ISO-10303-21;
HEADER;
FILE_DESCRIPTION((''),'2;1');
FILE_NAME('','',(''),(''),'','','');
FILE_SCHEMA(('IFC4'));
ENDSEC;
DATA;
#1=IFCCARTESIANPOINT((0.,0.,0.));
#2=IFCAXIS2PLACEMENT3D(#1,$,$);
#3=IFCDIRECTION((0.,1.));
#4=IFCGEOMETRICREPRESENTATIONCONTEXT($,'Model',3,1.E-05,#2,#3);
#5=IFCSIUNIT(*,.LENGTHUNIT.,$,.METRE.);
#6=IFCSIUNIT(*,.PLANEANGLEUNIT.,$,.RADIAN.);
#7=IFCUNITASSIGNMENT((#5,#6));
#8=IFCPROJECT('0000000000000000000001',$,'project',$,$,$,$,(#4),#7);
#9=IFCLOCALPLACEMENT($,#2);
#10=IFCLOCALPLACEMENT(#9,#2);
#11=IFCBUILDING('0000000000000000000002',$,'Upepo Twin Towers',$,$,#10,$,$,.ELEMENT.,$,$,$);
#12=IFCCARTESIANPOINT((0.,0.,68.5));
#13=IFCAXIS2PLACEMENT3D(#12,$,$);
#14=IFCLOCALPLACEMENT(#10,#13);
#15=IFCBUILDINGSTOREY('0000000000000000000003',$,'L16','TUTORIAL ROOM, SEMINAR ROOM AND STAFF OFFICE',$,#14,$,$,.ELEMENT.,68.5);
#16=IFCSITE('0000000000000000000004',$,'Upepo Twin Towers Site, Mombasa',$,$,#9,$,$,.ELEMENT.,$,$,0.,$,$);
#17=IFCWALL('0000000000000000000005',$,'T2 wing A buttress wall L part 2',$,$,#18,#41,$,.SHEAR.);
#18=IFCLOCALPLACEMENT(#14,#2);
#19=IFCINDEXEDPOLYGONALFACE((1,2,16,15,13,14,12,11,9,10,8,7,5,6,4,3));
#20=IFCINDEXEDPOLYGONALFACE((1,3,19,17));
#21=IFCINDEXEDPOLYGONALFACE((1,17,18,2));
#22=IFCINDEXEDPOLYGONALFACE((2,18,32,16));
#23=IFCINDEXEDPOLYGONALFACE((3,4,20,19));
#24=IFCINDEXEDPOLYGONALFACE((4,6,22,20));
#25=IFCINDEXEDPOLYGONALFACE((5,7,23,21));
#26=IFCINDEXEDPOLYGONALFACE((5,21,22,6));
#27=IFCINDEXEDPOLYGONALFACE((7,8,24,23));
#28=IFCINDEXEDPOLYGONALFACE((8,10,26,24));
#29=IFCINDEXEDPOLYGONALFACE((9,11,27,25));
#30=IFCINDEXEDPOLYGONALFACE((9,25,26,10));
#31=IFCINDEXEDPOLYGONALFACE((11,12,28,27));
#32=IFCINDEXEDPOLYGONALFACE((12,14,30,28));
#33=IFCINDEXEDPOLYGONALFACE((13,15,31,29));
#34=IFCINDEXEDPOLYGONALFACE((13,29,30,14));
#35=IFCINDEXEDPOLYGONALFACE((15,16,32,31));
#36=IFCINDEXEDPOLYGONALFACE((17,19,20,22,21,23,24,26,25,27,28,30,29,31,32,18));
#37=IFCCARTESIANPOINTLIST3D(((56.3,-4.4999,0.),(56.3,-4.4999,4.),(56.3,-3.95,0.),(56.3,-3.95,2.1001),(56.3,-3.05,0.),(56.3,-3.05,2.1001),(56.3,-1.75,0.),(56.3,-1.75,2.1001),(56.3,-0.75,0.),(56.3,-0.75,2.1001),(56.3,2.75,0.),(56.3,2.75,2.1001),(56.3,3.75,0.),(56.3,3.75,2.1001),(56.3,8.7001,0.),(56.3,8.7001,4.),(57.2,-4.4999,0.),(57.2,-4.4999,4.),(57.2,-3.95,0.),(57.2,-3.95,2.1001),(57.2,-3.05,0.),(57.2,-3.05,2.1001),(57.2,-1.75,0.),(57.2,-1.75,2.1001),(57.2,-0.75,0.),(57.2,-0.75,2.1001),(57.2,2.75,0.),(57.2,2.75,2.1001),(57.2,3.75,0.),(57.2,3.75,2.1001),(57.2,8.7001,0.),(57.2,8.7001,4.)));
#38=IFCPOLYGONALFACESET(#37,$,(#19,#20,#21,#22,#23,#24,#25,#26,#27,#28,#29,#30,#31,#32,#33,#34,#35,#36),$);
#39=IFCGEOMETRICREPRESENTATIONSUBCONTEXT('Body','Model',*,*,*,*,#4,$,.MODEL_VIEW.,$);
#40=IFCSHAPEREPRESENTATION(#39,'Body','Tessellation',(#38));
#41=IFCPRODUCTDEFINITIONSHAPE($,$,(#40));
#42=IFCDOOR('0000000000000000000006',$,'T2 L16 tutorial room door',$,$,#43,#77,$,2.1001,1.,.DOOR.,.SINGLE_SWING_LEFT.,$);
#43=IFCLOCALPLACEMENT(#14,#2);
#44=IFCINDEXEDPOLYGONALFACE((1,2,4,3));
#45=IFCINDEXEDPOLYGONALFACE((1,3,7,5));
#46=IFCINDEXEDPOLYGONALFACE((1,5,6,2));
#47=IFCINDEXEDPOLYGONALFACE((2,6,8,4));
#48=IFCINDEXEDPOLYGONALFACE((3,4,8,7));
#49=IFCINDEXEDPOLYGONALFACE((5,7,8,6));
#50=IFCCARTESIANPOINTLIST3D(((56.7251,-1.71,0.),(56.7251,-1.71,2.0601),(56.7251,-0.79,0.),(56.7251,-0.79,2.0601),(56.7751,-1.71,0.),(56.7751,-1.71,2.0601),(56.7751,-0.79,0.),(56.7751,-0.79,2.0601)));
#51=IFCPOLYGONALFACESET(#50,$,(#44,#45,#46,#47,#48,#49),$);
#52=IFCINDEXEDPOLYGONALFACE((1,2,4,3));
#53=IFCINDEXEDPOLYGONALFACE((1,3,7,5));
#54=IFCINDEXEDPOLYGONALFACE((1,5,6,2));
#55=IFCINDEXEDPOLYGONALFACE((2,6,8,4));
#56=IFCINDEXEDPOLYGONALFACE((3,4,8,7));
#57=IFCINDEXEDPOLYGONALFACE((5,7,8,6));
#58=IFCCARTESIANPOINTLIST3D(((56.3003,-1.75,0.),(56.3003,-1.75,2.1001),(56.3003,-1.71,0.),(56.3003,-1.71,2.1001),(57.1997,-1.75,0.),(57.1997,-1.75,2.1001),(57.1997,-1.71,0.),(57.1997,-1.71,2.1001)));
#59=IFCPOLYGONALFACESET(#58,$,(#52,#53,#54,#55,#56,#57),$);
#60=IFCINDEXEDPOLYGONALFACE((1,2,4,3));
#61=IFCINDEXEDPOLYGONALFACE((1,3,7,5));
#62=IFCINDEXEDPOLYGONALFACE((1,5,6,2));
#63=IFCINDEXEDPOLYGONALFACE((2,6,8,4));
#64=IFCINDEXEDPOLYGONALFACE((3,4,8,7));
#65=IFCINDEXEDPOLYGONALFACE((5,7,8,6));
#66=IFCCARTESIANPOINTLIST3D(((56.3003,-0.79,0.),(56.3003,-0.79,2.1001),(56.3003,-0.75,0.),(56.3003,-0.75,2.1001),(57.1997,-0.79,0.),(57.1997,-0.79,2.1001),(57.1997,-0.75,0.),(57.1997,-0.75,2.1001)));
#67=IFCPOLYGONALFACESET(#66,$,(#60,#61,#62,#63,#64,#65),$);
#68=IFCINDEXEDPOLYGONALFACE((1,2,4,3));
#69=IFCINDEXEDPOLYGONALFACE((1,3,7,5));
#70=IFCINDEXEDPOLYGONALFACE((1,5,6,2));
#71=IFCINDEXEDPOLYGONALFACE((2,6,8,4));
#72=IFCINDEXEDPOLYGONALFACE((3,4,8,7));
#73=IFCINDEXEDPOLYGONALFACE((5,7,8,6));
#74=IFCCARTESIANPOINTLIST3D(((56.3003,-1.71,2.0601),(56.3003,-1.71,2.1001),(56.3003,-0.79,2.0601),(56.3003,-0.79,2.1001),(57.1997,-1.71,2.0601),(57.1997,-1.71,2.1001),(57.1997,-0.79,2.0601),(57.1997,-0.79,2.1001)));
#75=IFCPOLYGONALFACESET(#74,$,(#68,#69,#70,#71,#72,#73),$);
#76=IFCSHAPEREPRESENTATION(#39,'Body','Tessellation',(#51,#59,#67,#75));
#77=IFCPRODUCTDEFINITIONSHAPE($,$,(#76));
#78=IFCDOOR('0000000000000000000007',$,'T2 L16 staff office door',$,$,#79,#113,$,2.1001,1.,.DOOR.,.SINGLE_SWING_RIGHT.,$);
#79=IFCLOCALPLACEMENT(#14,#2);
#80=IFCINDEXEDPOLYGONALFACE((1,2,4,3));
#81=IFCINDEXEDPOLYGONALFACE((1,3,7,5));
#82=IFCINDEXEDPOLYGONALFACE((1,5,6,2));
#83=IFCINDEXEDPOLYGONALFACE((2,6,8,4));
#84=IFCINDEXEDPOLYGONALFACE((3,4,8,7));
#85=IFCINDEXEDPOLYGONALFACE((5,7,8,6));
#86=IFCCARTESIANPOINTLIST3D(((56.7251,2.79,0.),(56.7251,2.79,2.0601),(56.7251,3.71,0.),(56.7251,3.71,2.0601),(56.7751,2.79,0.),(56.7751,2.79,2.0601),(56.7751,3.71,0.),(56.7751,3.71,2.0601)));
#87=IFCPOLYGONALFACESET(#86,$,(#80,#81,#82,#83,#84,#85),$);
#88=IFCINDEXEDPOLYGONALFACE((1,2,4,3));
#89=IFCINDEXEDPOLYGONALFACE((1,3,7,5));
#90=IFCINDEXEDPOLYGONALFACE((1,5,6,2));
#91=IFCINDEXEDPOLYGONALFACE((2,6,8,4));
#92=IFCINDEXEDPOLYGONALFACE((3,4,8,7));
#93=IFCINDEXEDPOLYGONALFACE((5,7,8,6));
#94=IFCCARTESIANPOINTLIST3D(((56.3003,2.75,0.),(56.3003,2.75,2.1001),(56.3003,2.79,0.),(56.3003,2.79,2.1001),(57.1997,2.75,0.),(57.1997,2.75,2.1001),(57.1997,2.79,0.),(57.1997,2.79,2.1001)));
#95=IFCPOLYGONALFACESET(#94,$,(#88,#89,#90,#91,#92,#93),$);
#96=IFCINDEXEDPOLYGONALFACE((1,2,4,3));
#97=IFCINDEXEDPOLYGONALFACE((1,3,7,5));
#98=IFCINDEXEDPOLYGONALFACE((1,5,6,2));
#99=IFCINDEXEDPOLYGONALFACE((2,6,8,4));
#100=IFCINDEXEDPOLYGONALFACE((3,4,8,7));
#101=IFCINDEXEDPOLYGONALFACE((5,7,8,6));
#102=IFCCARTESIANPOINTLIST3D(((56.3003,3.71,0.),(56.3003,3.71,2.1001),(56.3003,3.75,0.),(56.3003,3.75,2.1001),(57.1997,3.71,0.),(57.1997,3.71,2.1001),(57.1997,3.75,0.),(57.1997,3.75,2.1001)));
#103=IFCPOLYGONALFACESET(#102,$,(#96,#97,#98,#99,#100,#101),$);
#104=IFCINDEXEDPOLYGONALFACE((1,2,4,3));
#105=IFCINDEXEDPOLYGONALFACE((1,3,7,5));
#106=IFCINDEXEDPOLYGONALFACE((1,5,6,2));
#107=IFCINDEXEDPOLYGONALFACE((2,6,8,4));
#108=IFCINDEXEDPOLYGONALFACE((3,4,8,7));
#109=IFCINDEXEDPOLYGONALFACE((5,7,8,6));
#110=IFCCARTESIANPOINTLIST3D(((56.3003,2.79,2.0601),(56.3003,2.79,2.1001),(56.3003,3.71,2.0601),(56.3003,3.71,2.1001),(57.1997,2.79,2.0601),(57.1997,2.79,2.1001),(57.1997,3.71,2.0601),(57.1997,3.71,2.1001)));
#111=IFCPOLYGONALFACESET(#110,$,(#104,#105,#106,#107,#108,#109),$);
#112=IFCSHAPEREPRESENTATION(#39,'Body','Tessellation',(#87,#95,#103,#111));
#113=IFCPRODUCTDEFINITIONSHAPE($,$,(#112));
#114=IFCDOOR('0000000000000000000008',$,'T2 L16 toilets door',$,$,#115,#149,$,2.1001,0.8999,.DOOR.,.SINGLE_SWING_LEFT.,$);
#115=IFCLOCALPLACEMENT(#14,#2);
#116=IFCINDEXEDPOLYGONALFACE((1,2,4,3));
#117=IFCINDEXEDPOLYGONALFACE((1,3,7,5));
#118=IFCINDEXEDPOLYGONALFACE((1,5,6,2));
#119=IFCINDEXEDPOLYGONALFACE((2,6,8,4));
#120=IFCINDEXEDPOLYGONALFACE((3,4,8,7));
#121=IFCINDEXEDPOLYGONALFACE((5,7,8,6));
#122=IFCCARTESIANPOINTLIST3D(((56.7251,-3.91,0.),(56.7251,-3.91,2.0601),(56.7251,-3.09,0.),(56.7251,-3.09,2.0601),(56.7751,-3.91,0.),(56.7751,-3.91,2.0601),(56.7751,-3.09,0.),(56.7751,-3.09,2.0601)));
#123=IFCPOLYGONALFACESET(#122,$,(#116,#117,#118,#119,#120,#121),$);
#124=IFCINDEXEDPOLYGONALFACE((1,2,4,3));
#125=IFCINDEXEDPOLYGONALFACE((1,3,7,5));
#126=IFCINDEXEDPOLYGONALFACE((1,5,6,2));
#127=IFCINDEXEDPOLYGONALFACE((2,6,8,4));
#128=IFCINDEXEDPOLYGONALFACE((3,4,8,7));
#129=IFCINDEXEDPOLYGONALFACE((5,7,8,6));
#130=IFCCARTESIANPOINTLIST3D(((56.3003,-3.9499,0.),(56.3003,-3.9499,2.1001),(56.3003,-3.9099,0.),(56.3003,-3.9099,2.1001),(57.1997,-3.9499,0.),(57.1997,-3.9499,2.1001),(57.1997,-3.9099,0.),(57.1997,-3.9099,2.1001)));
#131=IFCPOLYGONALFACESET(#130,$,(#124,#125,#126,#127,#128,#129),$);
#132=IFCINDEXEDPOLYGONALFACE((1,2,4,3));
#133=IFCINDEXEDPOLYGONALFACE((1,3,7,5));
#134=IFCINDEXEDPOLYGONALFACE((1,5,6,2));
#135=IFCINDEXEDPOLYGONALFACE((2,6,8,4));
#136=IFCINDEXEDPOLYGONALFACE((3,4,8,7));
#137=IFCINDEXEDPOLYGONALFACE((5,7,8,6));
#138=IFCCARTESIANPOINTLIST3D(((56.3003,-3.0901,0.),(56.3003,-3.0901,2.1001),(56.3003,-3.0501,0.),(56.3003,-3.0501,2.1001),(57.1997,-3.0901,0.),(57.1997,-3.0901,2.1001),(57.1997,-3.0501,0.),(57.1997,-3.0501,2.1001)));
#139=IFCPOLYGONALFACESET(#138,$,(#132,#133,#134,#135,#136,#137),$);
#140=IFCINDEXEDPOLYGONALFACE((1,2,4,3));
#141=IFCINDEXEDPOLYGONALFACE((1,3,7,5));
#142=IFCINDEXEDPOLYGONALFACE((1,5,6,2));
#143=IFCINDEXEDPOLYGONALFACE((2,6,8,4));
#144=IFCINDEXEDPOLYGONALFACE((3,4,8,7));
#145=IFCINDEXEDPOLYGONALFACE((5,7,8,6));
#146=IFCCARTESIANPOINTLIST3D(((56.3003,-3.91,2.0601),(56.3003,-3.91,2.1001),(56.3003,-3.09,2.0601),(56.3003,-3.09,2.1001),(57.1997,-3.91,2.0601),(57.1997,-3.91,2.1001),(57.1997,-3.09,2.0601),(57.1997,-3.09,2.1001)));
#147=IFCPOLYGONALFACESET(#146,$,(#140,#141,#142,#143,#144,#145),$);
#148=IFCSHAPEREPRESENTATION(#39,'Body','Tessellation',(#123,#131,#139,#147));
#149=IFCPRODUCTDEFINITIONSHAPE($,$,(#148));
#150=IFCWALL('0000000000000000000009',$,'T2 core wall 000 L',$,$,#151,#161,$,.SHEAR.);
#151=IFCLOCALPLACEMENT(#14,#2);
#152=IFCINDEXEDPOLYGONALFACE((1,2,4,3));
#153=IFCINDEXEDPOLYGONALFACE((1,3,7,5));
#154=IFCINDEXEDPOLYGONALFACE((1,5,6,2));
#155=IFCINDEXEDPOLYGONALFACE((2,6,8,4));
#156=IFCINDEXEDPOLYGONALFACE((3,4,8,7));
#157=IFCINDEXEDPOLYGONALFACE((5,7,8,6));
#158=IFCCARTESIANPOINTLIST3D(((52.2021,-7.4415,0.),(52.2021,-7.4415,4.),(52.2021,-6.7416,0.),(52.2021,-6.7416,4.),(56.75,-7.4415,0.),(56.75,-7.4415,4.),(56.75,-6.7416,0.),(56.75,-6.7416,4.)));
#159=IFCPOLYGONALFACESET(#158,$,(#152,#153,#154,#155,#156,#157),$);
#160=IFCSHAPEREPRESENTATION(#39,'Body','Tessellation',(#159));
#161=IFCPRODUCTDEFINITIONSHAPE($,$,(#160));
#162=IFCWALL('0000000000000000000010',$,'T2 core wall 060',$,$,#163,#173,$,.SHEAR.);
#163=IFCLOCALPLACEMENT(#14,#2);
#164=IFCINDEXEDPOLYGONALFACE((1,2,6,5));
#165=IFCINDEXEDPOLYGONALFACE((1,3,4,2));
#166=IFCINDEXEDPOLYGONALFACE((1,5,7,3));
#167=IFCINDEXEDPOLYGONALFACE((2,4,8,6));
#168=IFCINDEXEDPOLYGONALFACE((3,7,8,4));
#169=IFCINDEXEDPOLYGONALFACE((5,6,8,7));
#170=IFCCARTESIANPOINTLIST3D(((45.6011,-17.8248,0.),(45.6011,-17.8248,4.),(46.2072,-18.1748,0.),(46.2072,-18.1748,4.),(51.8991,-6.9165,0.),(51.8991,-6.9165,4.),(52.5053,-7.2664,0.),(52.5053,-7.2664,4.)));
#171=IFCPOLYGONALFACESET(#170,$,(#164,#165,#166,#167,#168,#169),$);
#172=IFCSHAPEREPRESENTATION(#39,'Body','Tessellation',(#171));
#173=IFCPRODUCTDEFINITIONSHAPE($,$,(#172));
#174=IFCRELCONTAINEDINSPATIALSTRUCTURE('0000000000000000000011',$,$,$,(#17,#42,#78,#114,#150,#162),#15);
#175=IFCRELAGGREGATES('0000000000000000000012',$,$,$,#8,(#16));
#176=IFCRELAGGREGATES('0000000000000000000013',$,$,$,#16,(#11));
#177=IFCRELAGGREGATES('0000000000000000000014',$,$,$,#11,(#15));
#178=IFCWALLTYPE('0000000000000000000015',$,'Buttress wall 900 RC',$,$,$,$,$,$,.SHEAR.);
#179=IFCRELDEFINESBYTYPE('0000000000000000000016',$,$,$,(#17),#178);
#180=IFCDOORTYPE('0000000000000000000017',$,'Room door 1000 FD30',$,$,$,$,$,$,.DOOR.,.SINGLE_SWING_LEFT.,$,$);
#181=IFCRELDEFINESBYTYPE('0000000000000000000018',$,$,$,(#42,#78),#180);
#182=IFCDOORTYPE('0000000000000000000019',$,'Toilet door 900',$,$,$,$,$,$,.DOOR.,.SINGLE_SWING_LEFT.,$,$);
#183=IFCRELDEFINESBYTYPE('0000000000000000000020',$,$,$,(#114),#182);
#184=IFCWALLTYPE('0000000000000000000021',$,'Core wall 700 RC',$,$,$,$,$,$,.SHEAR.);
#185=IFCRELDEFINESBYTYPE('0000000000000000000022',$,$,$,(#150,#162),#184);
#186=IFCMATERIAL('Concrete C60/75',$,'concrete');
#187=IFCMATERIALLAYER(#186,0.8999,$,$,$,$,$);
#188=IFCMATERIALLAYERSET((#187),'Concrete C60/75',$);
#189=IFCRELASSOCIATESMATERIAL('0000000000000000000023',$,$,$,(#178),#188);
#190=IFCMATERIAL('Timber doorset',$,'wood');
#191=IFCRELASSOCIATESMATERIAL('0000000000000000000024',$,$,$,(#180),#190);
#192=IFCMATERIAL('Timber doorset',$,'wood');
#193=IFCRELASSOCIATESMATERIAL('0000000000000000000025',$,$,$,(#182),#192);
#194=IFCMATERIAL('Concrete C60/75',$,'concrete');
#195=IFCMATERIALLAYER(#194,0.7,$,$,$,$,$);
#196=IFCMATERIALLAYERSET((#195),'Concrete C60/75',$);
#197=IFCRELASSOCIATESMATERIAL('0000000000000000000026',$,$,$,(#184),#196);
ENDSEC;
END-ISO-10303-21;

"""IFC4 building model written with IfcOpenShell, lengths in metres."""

from ifc_helpers import new_model, si_unit, direction, frame, frame_2d, origin, place, context, subcontext, project, spatial, rectangle, extrude, material, layer, layer_set, type_object, element, fill, save


model = new_model("IFC4")

# Units and contexts
model_context = context("Model", 3, precision=1e-05, world=origin(), true_north=direction((0.0, 1.0)))
body_context = subcontext(model_context, "Body", "Model", "MODEL_VIEW")
ifc_project = project(units=[si_unit("LENGTHUNIT", "METRE"), si_unit("PLANEANGLEUNIT", "RADIAN")], contexts=[model_context])

# Site, building, storey
site_placement = place(None, origin())
site = spatial("IfcSite", under=ifc_project, at=site_placement, Name="Upepo Twin Towers Site, Mombasa", CompositionType="ELEMENT", RefElevation=0.0)
building_placement = place(site_placement, origin())
building = spatial("IfcBuilding", under=site, at=building_placement, Name="Upepo Twin Towers", CompositionType="ELEMENT")
storey_placement = place(building_placement, frame((0.0, 0.0, 68.5)))
storey = spatial("IfcBuildingStorey", under=building, at=storey_placement, Name="L16", Description="TUTORIAL ROOM, SEMINAR ROOM AND STAFF OFFICE", CompositionType="ELEMENT", Elevation=68.5)

# Wall, openings, doors
ifc_material_1 = material(Name="Concrete C60/75", Category="concrete")
ifc_layer_1 = layer(ifc_material_1, 0.8999)
ifc_layer_set_1 = layer_set([ifc_layer_1], Name="Concrete C60/75")
wall_type_1 = type_object("IfcWallType", Name="Buttress wall 900 RC", PredefinedType="SHEAR", material=ifc_layer_set_1)
wall_1_placement = place(storey_placement, frame((56.75, -4.5, 0.0), z_axis=(0.0, 0.0, 1.0), x_axis=(0.0, 1.0, 0.0)))
wall_1 = element("IfcWall", 1, at=wall_1_placement, inside=storey, type_object=wall_type_1, Name="T2 wing A buttress wall L part 2", PredefinedType="SHEAR", context=body_context, shape_type="SweptSolid", body=[
    extrude(rectangle(XDim=13.2, YDim=0.8999, at=frame_2d((6.6001, 0.0))), origin(), (0.0, 0.0, 1.0), 4.0),
])
opening_1_placement = place(wall_1_placement, frame((0.55, 0.0, 0.0)))
opening_1 = element("IfcOpeningElement", 2, at=opening_1_placement, cuts=wall_1, PredefinedType="OPENING", context=body_context, shape_type="SweptSolid", body=[
    extrude(rectangle(XDim=0.8999, YDim=2.1001, at=frame_2d((0.45, 1.05))), frame((0.0, 0.46, 0.0), z_axis=(0.0, -1.0, 0.0), x_axis=(1.0, 0.0, 0.0)), (0.0, 0.0, 1.0), 0.9199),
])
opening_2_placement = place(wall_1_placement, frame((2.75, 0.0, 0.0)))
opening_2 = element("IfcOpeningElement", 3, at=opening_2_placement, cuts=wall_1, PredefinedType="OPENING", context=body_context, shape_type="SweptSolid", body=[
    extrude(rectangle(XDim=1.0, YDim=2.1001, at=frame_2d((0.5, 1.05))), frame((0.0, 0.46, 0.0), z_axis=(0.0, -1.0, 0.0), x_axis=(1.0, 0.0, 0.0)), (0.0, 0.0, 1.0), 0.9199),
])
opening_3_placement = place(wall_1_placement, frame((7.25, 0.0, 0.0)))
opening_3 = element("IfcOpeningElement", 4, at=opening_3_placement, cuts=wall_1, PredefinedType="OPENING", context=body_context, shape_type="SweptSolid", body=[
    extrude(rectangle(XDim=1.0, YDim=2.1001, at=frame_2d((0.5, 1.05))), frame((0.0, 0.46, 0.0), z_axis=(0.0, -1.0, 0.0), x_axis=(1.0, 0.0, 0.0)), (0.0, 0.0, 1.0), 0.9199),
])
ifc_material_2 = material(Name="Timber doorset", Category="wood")
door_type_1 = type_object("IfcDoorType", Name="Room door 1000 FD30", OperationType="SINGLE_SWING_LEFT", PredefinedType="DOOR", material=ifc_material_2)
door_1_placement = place(opening_2_placement, origin())
door_1 = element("IfcDoor", 5, at=door_1_placement, inside=storey, type_object=door_type_1, Name="T2 L16 tutorial room door", OperationType="SINGLE_SWING_LEFT", OverallHeight=2.1001, OverallWidth=1.0, PredefinedType="DOOR", context=body_context, shape_type="SweptSolid", body=[
    extrude(rectangle(XDim=0.92, YDim=2.0601, at=frame_2d((0.5, 1.03))), frame((0.0, 0.0249, 0.0), z_axis=(0.0, -1.0, 0.0), x_axis=(1.0, 0.0, 0.0)), (0.0, 0.0, 1.0), 0.05),
    extrude(rectangle(XDim=0.04, YDim=2.1001, at=frame_2d((0.02, 1.05))), frame((0.0, 0.4497, 0.0), z_axis=(0.0, -1.0, 0.0), x_axis=(1.0, 0.0, 0.0)), (0.0, 0.0, 1.0), 0.8994),
    extrude(rectangle(XDim=0.04, YDim=2.1001, at=frame_2d((0.98, 1.05))), frame((0.0, 0.4497, 0.0), z_axis=(0.0, -1.0, 0.0), x_axis=(1.0, 0.0, 0.0)), (0.0, 0.0, 1.0), 0.8994),
    extrude(rectangle(XDim=0.92, YDim=0.04, at=frame_2d((0.5, 2.0801))), frame((0.0, 0.4497, 0.0), z_axis=(0.0, -1.0, 0.0), x_axis=(1.0, 0.0, 0.0)), (0.0, 0.0, 1.0), 0.8994),
])
fill(opening_2, door_1)
door_2_placement = place(opening_3_placement, origin())
door_2 = element("IfcDoor", 6, at=door_2_placement, inside=storey, type_object=door_type_1, Name="T2 L16 staff office door", OperationType="SINGLE_SWING_RIGHT", OverallHeight=2.1001, OverallWidth=1.0, PredefinedType="DOOR", context=body_context, shape_type="SweptSolid", body=[
    extrude(rectangle(XDim=0.92, YDim=2.0601, at=frame_2d((0.5, 1.03))), frame((0.0, 0.0249, 0.0), z_axis=(0.0, -1.0, 0.0), x_axis=(1.0, 0.0, 0.0)), (0.0, 0.0, 1.0), 0.05),
    extrude(rectangle(XDim=0.04, YDim=2.1001, at=frame_2d((0.02, 1.05))), frame((0.0, 0.4497, 0.0), z_axis=(0.0, -1.0, 0.0), x_axis=(1.0, 0.0, 0.0)), (0.0, 0.0, 1.0), 0.8994),
    extrude(rectangle(XDim=0.04, YDim=2.1001, at=frame_2d((0.98, 1.05))), frame((0.0, 0.4497, 0.0), z_axis=(0.0, -1.0, 0.0), x_axis=(1.0, 0.0, 0.0)), (0.0, 0.0, 1.0), 0.8994),
    extrude(rectangle(XDim=0.92, YDim=0.04, at=frame_2d((0.5, 2.0801))), frame((0.0, 0.4497, 0.0), z_axis=(0.0, -1.0, 0.0), x_axis=(1.0, 0.0, 0.0)), (0.0, 0.0, 1.0), 0.8994),
])
fill(opening_3, door_2)
ifc_material_3 = material(Name="Timber doorset", Category="wood")
door_type_2 = type_object("IfcDoorType", Name="Toilet door 900", OperationType="SINGLE_SWING_LEFT", PredefinedType="DOOR", material=ifc_material_3)
door_3_placement = place(opening_1_placement, origin())
door_3 = element("IfcDoor", 7, at=door_3_placement, inside=storey, type_object=door_type_2, Name="T2 L16 toilets door", OperationType="SINGLE_SWING_LEFT", OverallHeight=2.1001, OverallWidth=0.8999, PredefinedType="DOOR", context=body_context, shape_type="SweptSolid", body=[
    extrude(rectangle(XDim=0.8199, YDim=2.0601, at=frame_2d((0.45, 1.03))), frame((0.0, 0.0249, 0.0), z_axis=(0.0, -1.0, 0.0), x_axis=(1.0, 0.0, 0.0)), (0.0, 0.0, 1.0), 0.05),
    extrude(rectangle(XDim=0.04, YDim=2.1001, at=frame_2d((0.02, 1.05))), frame((0.0, 0.4497, 0.0), z_axis=(0.0, -1.0, 0.0), x_axis=(1.0, 0.0, 0.0)), (0.0, 0.0, 1.0), 0.8994),
    extrude(rectangle(XDim=0.04, YDim=2.1001, at=frame_2d((0.8799, 1.05))), frame((0.0, 0.4497, 0.0), z_axis=(0.0, -1.0, 0.0), x_axis=(1.0, 0.0, 0.0)), (0.0, 0.0, 1.0), 0.8994),
    extrude(rectangle(XDim=0.8199, YDim=0.04, at=frame_2d((0.45, 2.0801))), frame((0.0, 0.4497, 0.0), z_axis=(0.0, -1.0, 0.0), x_axis=(1.0, 0.0, 0.0)), (0.0, 0.0, 1.0), 0.8994),
])
fill(opening_1, door_3)

# Walls
ifc_material_4 = material(Name="Concrete C60/75", Category="concrete")
ifc_layer_2 = layer(ifc_material_4, 0.7)
ifc_layer_set_2 = layer_set([ifc_layer_2], Name="Concrete C60/75")
wall_type_2 = type_object("IfcWallType", Name="Core wall 700 RC", PredefinedType="SHEAR", material=ifc_layer_set_2)
wall_2_placement = place(storey_placement, frame((56.75, -7.0916, 0.0), z_axis=(0.0, 0.0, 1.0), x_axis=(-1.0, 0.0, 0.0)))
element("IfcWall", 8, at=wall_2_placement, inside=storey, type_object=wall_type_2, Name="T2 core wall 000 L", PredefinedType="SHEAR", context=body_context, shape_type="SweptSolid", body=[
    extrude(rectangle(XDim=4.5479, YDim=0.7, at=frame_2d((2.2739, 0.0))), origin(), (0.0, 0.0, 1.0), 4.0),
])
wall_3_placement = place(storey_placement, frame((52.2021, -7.0916, 0.0), z_axis=(0.0, 0.0, 1.0), x_axis=(-0.500006, -0.866022, 0.0)))
element("IfcWall", 9, at=wall_3_placement, inside=storey, type_object=wall_type_2, Name="T2 core wall 060", PredefinedType="SHEAR", context=body_context, shape_type="SweptSolid", body=[
    extrude(rectangle(XDim=12.5959, YDim=0.7, at=frame_2d((6.2979, 0.0))), origin(), (0.0, 0.0, 1.0), 4.0),
])

save(model, "model.ifc")
